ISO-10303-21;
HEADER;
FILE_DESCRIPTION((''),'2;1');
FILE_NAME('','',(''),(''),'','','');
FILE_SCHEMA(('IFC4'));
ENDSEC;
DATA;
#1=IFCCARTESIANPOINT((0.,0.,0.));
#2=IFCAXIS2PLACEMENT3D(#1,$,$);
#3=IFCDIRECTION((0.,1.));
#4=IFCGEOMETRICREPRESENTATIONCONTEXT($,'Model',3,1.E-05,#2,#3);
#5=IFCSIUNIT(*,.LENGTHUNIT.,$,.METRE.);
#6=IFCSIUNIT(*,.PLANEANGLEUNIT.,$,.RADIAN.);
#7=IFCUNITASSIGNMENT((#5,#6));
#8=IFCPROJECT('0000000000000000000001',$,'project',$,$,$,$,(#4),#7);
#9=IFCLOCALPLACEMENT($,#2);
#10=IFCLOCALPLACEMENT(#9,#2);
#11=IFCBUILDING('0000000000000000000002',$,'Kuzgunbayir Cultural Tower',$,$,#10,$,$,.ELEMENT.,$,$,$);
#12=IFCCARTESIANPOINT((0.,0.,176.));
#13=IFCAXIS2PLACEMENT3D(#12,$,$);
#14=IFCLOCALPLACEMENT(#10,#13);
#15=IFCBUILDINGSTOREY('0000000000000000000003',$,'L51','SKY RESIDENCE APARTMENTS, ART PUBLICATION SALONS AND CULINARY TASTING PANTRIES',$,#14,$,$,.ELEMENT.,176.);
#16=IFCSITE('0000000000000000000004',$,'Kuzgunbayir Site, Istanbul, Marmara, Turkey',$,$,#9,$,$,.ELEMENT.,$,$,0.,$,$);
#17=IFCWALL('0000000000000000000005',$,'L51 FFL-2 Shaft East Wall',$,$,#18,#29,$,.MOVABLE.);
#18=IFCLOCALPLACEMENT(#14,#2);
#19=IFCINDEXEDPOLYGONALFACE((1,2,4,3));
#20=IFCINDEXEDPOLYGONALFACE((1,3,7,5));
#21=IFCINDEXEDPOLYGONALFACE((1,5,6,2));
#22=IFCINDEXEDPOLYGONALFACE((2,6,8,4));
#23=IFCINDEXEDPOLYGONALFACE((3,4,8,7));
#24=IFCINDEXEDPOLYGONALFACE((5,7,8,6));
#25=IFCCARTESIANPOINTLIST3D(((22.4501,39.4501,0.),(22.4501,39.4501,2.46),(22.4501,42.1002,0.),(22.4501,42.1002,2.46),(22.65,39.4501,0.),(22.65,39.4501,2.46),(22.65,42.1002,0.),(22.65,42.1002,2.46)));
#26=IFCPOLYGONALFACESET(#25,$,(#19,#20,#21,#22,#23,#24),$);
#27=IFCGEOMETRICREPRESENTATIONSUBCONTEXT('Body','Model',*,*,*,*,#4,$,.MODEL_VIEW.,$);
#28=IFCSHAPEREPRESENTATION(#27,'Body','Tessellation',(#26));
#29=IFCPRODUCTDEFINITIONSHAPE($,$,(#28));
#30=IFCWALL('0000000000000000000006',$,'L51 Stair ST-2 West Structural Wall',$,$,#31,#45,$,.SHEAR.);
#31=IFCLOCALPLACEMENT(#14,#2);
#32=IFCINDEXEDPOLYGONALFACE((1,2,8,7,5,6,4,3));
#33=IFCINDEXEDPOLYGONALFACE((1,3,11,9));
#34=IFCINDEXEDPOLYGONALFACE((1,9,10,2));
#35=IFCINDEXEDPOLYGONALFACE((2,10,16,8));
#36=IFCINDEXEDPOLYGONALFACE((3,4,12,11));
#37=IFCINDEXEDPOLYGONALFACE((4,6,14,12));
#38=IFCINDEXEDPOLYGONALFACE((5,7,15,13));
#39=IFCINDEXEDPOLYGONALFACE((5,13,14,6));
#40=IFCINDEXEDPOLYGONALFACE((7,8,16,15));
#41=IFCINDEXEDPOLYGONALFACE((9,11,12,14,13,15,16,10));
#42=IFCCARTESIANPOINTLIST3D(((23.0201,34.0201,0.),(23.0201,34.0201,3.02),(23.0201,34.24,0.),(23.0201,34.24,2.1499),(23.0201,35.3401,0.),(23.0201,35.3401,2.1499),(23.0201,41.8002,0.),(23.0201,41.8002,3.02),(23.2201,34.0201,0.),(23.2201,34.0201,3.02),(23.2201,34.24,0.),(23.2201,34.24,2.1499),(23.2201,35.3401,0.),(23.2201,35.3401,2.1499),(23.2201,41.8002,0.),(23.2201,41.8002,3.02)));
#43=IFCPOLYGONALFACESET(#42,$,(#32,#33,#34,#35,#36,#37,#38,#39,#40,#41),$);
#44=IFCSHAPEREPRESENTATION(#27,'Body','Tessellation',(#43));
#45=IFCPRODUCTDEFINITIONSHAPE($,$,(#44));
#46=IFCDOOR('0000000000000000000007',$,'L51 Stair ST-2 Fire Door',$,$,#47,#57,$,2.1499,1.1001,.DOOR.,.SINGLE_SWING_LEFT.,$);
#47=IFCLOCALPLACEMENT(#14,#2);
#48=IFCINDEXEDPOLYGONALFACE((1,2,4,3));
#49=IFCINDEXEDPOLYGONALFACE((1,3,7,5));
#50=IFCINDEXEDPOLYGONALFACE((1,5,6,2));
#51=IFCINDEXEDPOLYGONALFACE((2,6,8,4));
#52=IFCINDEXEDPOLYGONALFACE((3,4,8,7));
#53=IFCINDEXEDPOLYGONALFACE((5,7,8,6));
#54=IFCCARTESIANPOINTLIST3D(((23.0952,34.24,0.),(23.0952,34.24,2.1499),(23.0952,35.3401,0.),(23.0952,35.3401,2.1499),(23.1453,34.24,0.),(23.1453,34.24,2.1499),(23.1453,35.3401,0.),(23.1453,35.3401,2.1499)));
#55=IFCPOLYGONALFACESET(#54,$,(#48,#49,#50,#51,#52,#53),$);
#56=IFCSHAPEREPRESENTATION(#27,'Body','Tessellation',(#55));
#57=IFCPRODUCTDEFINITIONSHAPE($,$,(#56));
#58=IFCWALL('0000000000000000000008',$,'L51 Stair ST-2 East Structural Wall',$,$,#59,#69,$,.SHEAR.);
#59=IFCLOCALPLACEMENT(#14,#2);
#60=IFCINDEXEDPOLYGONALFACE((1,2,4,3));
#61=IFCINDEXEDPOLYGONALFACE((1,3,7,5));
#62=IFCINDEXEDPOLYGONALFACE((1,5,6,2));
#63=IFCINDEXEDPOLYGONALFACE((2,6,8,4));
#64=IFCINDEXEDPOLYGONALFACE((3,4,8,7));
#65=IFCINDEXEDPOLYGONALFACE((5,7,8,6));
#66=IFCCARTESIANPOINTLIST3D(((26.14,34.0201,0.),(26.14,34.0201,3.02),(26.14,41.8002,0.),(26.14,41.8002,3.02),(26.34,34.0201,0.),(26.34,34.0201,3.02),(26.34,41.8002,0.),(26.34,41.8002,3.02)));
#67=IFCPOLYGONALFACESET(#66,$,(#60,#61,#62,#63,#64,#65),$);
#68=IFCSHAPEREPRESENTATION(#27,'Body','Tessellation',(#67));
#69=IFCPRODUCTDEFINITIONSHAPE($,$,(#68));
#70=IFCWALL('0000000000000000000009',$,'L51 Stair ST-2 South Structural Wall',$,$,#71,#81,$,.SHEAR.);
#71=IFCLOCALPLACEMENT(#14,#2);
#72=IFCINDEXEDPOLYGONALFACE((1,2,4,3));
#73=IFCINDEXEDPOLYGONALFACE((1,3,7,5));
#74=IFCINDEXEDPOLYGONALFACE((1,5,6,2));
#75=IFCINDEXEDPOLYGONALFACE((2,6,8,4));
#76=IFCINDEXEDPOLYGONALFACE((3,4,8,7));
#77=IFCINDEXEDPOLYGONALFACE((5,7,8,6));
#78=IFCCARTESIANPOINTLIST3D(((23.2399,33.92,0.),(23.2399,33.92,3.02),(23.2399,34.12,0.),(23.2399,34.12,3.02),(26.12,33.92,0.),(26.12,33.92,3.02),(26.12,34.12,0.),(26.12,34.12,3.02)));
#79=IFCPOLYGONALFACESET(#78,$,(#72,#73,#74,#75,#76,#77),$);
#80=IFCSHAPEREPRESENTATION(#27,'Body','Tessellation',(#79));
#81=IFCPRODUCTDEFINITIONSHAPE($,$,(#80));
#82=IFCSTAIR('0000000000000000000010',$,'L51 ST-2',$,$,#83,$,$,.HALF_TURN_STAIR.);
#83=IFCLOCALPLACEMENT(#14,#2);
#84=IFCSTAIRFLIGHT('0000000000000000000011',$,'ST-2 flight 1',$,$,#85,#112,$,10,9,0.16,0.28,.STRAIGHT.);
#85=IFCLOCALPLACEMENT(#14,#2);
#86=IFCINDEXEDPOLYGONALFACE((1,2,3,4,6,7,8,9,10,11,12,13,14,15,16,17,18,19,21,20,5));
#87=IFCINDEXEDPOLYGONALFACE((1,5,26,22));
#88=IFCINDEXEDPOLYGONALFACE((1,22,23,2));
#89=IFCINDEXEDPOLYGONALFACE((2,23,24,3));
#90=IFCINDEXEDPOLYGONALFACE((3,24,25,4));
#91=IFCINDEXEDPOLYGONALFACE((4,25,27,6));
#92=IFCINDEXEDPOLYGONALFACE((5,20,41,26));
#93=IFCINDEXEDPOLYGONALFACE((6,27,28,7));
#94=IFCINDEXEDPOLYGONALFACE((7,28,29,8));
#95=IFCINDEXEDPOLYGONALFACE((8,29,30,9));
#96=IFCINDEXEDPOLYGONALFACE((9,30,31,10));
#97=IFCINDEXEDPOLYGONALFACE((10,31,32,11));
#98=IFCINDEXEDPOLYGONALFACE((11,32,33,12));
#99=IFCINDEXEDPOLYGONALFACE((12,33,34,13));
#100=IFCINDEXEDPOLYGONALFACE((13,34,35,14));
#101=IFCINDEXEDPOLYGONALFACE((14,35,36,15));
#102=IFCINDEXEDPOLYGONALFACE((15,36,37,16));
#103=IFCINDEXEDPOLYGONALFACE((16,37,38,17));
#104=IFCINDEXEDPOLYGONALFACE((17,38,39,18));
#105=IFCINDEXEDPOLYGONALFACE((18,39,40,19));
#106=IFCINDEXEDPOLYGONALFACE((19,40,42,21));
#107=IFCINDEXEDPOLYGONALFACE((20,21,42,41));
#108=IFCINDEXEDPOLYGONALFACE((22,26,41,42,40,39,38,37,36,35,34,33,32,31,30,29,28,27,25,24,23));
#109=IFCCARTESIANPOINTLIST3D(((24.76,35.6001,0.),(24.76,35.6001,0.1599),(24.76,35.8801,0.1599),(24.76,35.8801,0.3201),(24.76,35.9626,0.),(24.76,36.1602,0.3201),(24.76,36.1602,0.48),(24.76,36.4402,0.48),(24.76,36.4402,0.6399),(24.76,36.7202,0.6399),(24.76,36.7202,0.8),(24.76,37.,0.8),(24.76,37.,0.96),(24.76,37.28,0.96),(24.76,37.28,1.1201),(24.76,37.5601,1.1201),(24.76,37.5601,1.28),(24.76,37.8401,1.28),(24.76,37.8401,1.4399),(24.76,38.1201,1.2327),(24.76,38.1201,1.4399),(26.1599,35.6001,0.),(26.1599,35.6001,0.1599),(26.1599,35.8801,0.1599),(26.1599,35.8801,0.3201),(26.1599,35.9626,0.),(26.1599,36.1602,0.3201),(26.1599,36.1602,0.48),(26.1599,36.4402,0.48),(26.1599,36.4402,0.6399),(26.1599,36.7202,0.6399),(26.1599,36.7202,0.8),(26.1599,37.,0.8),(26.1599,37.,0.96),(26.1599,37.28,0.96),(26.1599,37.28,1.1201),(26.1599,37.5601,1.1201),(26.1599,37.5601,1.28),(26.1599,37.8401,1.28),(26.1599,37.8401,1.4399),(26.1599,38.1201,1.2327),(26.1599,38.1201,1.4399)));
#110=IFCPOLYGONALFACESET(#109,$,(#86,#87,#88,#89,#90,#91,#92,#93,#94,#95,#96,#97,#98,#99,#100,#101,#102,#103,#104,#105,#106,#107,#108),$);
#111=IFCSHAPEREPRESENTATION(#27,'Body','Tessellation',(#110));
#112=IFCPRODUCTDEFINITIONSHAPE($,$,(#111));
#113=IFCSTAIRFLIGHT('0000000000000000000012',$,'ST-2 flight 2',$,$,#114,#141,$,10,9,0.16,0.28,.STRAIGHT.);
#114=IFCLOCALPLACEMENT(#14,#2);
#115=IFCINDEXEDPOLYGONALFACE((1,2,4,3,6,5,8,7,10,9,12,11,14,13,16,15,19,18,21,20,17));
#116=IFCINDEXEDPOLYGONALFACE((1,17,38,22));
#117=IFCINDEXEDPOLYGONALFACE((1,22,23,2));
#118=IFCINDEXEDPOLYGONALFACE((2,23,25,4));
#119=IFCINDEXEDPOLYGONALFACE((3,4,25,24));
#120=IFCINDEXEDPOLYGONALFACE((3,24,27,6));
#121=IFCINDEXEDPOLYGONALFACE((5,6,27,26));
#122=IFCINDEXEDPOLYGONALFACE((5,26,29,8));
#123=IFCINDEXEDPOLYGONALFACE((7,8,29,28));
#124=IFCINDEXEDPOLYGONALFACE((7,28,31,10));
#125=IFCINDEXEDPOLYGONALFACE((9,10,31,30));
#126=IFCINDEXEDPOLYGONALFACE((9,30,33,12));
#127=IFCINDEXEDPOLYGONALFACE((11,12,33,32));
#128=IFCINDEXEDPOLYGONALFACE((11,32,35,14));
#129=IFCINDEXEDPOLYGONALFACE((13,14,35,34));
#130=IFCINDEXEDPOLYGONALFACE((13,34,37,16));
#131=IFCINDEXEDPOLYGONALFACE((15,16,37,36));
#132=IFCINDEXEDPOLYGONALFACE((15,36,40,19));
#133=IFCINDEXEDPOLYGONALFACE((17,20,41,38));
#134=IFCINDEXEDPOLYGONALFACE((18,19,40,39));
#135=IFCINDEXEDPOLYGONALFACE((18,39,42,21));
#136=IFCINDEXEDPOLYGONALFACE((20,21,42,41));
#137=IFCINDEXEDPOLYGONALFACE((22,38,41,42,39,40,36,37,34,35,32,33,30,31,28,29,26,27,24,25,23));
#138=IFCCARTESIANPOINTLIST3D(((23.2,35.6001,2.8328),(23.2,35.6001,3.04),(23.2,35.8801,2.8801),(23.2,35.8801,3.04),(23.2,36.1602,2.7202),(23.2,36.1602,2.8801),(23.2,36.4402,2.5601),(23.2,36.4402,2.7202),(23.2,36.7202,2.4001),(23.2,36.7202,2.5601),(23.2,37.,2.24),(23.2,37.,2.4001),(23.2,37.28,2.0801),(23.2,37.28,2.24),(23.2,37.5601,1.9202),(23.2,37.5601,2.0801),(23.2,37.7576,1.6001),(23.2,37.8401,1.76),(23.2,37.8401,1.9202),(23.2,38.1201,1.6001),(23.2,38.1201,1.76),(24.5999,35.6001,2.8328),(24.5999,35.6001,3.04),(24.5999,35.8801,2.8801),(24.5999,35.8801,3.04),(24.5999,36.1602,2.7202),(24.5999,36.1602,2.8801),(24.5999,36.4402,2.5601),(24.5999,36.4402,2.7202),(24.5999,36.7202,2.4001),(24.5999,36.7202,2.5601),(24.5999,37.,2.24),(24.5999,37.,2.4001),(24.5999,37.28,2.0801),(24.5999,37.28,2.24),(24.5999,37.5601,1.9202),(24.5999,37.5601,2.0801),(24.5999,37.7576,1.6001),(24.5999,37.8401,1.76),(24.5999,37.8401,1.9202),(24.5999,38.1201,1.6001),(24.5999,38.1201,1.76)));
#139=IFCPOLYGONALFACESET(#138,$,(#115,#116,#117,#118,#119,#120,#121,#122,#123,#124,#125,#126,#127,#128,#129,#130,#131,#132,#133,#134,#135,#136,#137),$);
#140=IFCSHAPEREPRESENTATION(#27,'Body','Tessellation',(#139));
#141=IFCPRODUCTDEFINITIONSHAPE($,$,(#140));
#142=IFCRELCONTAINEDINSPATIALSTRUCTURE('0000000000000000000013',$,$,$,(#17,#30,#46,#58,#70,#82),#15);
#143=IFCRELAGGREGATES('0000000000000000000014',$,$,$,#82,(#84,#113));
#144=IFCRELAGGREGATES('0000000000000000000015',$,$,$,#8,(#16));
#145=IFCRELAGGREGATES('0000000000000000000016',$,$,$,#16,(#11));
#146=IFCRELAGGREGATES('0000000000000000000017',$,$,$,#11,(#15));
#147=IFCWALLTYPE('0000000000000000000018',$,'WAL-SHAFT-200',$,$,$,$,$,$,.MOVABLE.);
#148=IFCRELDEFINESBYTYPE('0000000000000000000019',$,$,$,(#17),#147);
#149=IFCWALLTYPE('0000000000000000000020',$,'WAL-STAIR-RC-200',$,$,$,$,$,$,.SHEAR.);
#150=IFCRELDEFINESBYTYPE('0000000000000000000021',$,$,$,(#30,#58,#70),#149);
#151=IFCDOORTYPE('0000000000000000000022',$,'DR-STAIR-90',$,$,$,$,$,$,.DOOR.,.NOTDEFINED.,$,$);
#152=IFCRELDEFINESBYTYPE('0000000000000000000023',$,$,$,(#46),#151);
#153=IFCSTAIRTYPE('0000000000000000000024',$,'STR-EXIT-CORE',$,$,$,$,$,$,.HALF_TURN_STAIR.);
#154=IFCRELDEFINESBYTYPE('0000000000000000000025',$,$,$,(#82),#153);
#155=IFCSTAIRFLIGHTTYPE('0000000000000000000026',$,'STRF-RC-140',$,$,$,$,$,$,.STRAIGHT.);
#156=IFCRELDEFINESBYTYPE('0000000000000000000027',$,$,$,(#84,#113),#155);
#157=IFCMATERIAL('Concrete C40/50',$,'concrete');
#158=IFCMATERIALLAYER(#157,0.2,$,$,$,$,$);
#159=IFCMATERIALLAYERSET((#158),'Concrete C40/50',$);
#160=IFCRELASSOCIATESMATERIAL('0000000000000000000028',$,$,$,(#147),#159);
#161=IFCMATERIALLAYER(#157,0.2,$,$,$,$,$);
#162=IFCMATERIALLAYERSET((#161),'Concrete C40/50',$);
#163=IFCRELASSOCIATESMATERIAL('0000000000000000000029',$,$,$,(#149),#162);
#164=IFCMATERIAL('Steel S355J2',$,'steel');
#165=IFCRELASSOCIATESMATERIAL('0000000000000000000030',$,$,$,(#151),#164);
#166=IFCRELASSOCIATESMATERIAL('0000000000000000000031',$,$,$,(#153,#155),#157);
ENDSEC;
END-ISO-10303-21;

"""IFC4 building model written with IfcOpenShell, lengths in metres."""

from ifc_helpers import new_model, si_unit, direction, frame, frame_2d, origin, place, context, subcontext, project, spatial, polyline, rectangle, outline, extrude, material, layer, layer_set, type_object, element, fill, aggregate, save


model = new_model("IFC4")

# Units and contexts
model_context = context("Model", 3, precision=1e-05, world=origin(), true_north=direction((0.0, 1.0)))
body_context = subcontext(model_context, "Body", "Model", "MODEL_VIEW")
ifc_project = project(units=[si_unit("LENGTHUNIT", "METRE"), si_unit("PLANEANGLEUNIT", "RADIAN")], contexts=[model_context])

# Site, building, storey
site_placement = place(None, origin())
site = spatial("IfcSite", under=ifc_project, at=site_placement, Name="Kuzgunbayir Site, Istanbul, Marmara, Turkey", CompositionType="ELEMENT", RefElevation=0.0)
building_placement = place(site_placement, origin())
building = spatial("IfcBuilding", under=site, at=building_placement, Name="Kuzgunbayir Cultural Tower", CompositionType="ELEMENT")
storey_placement = place(building_placement, frame((0.0, 0.0, 176.0)))
storey = spatial("IfcBuildingStorey", under=building, at=storey_placement, Name="L51", Description="SKY RESIDENCE APARTMENTS, ART PUBLICATION SALONS AND CULINARY TASTING PANTRIES", CompositionType="ELEMENT", Elevation=176.0)

# Shared definitions
ifc_material_1 = material(Name="Steel S355J2", Category="steel")

# Shared definitions
ifc_material_2 = material(Name="Concrete C40/50", Category="concrete")
ifc_layer_1 = layer(ifc_material_2, 0.2)
ifc_layer_set_1 = layer_set([ifc_layer_1], Name="Concrete C40/50")
wall_type_1 = type_object("IfcWallType", Name="WAL-SHAFT-200", PredefinedType="MOVABLE", material=ifc_layer_set_1)

# Wall
for number, where, z_axis, x_axis, name in (
    (1, (22.55, 39.45, 0.0), (0.0, 0.0, 1.0), (0.0, 1.0, 0.0), "L51 FFL-2 Shaft East Wall"),
):
    element("IfcWall", number, at=place(storey_placement, frame(where, z_axis=z_axis, x_axis=x_axis)), inside=storey, type_object=wall_type_1, Name=name, PredefinedType="MOVABLE", context=body_context, shape_type="SweptSolid", body=[
        extrude(rectangle(XDim=2.6501, YDim=0.2, at=frame_2d((1.3252, 0.0))), origin(), (0.0, 0.0, 1.0), 2.46),
    ])

# Wall, opening, door
ifc_layer_2 = layer(ifc_material_2, 0.2)
ifc_layer_set_2 = layer_set([ifc_layer_2], Name="Concrete C40/50")
wall_type_2 = type_object("IfcWallType", Name="WAL-STAIR-RC-200", PredefinedType="SHEAR", material=ifc_layer_set_2)
wall_1_placement = place(storey_placement, frame((23.1201, 34.02, 0.0), z_axis=(0.0, 0.0, 1.0), x_axis=(0.0, 1.0, 0.0)))
wall_1 = element("IfcWall", 2, at=wall_1_placement, inside=storey, type_object=wall_type_2, Name="L51 Stair ST-2 West Structural Wall", PredefinedType="SHEAR", context=body_context, shape_type="SweptSolid", body=[
    extrude(rectangle(XDim=7.78, YDim=0.2, at=frame_2d((3.8901, 0.0))), origin(), (0.0, 0.0, 1.0), 3.02),
])
opening_1_placement = place(wall_1_placement, frame((0.22, 0.0, 0.0)))
opening_1 = element("IfcOpeningElement", 3, at=opening_1_placement, cuts=wall_1, PredefinedType="OPENING", context=body_context, shape_type="SweptSolid", body=[
    extrude(rectangle(XDim=1.1001, YDim=2.1499, at=frame_2d((0.55, 1.075))), frame((0.0, 0.1099, 0.0), z_axis=(0.0, -1.0, 0.0), x_axis=(1.0, 0.0, 0.0)), (0.0, 0.0, 1.0), 0.22),
])
door_type_1 = type_object("IfcDoorType", Name="DR-STAIR-90", OperationType="NOTDEFINED", PredefinedType="DOOR", material=ifc_material_1)
door_1_placement = place(opening_1_placement, origin())
door_1 = element("IfcDoor", 4, at=door_1_placement, inside=storey, type_object=door_type_1, Name="L51 Stair ST-2 Fire Door", OperationType="SINGLE_SWING_LEFT", OverallHeight=2.1499, OverallWidth=1.1001, PredefinedType="DOOR", context=body_context, shape_type="SweptSolid", body=[
    extrude(rectangle(XDim=1.1001, YDim=2.1499, at=frame_2d((0.55, 1.075))), frame((0.0, 0.0249, 0.0), z_axis=(0.0, -1.0, 0.0), x_axis=(1.0, 0.0, 0.0)), (0.0, 0.0, 1.0), 0.05),
])
fill(opening_1, door_1)

# Walls
wall_2_placement = place(storey_placement, frame((26.24, 34.02, 0.0), z_axis=(0.0, 0.0, 1.0), x_axis=(0.0, 1.0, 0.0)))
element("IfcWall", 5, at=wall_2_placement, inside=storey, type_object=wall_type_2, Name="L51 Stair ST-2 East Structural Wall", PredefinedType="SHEAR", context=body_context, shape_type="SweptSolid", body=[
    extrude(rectangle(XDim=7.78, YDim=0.2, at=frame_2d((3.8901, 0.0))), origin(), (0.0, 0.0, 1.0), 3.02),
])
wall_3_placement = place(storey_placement, frame((23.24, 34.02, 0.0), z_axis=(0.0, 0.0, 1.0), x_axis=(1.0, 0.0, 0.0)))
element("IfcWall", 6, at=wall_3_placement, inside=storey, type_object=wall_type_2, Name="L51 Stair ST-2 South Structural Wall", PredefinedType="SHEAR", context=body_context, shape_type="SweptSolid", body=[
    extrude(rectangle(XDim=2.8801, YDim=0.2, at=frame_2d((1.4399, 0.0))), origin(), (0.0, 0.0, 1.0), 3.02),
])

# Stair, stair flights
stair_type = type_object("IfcStairType", Name="STR-EXIT-CORE", PredefinedType="HALF_TURN_STAIR", material=ifc_material_2)
stair_placement = place(storey_placement, origin())
stair = element("IfcStair", 7, at=stair_placement, inside=storey, type_object=stair_type, Name="L51 ST-2", PredefinedType="HALF_TURN_STAIR")
stair_flight_type = type_object("IfcStairFlightType", Name="STRF-RC-140", PredefinedType="STRAIGHT", material=ifc_material_2)
stair_flight_1_placement = place(storey_placement, frame((25.46, 35.6001, 0.0), z_axis=(0.0, 0.0, 1.0), x_axis=(0.0, 1.0, 0.0)))
stair_flight_1 = element("IfcStairFlight", 8, at=stair_flight_1_placement, type_object=stair_flight_type, Name="ST-2 flight 1", NumberOfRisers=10, NumberOfTreads=9, PredefinedType="STRAIGHT", RiserHeight=0.16, TreadLength=0.28, context=body_context, shape_type="SweptSolid", body=[
    extrude(outline(polyline([(0.0, 0.0), (0.0, 0.1599), (0.28, 0.1599), (0.28, 0.3201), (0.5601, 0.3201), (0.5601, 0.48), (0.8401, 0.48), (0.8401, 0.6399), (1.1201, 0.6399), (1.1201, 0.8), (1.3999, 0.8), (1.3999, 0.96), (1.6799, 0.96), (1.6799, 1.1201), (1.96, 1.1201), (1.96, 1.28), (2.24, 1.28), (2.24, 1.4399), (2.52, 1.4399), (2.52, 1.6001), (2.52, 1.2327), (0.3625, 0.0), (0.0, 0.0)])), frame((0.0, 0.7, 0.0), z_axis=(0.0, -1.0, 0.0), x_axis=(1.0, 0.0, 0.0)), (0.0, 0.0, 1.0), 1.3999),
])
stair_flight_2_placement = place(storey_placement, frame((23.8999, 38.1201, 1.6001), z_axis=(0.0, 0.0, 1.0), x_axis=(0.0, -1.0, 0.0)))
stair_flight_2 = element("IfcStairFlight", 9, at=stair_flight_2_placement, type_object=stair_flight_type, Name="ST-2 flight 2", NumberOfRisers=10, NumberOfTreads=9, PredefinedType="STRAIGHT", RiserHeight=0.16, TreadLength=0.28, context=body_context, shape_type="SweptSolid", body=[
    extrude(outline(polyline([(0.0, 0.0), (0.0, 0.1599), (0.28, 0.1599), (0.28, 0.3201), (0.5601, 0.3201), (0.5601, 0.48), (0.8401, 0.48), (0.8401, 0.6399), (1.1201, 0.6399), (1.1201, 0.8), (1.3999, 0.8), (1.3999, 0.96), (1.6799, 0.96), (1.6799, 1.1201), (1.96, 1.1201), (1.96, 1.28), (2.24, 1.28), (2.24, 1.4399), (2.52, 1.4399), (2.52, 1.6001), (2.52, 1.2327), (0.3625, 0.0), (0.0, 0.0)])), frame((0.0, 0.7, 0.0), z_axis=(0.0, -1.0, 0.0), x_axis=(1.0, 0.0, 0.0)), (0.0, 0.0, 1.0), 1.3999),
])
aggregate(stair, [stair_flight_1, stair_flight_2])

save(model, "model.ifc")
